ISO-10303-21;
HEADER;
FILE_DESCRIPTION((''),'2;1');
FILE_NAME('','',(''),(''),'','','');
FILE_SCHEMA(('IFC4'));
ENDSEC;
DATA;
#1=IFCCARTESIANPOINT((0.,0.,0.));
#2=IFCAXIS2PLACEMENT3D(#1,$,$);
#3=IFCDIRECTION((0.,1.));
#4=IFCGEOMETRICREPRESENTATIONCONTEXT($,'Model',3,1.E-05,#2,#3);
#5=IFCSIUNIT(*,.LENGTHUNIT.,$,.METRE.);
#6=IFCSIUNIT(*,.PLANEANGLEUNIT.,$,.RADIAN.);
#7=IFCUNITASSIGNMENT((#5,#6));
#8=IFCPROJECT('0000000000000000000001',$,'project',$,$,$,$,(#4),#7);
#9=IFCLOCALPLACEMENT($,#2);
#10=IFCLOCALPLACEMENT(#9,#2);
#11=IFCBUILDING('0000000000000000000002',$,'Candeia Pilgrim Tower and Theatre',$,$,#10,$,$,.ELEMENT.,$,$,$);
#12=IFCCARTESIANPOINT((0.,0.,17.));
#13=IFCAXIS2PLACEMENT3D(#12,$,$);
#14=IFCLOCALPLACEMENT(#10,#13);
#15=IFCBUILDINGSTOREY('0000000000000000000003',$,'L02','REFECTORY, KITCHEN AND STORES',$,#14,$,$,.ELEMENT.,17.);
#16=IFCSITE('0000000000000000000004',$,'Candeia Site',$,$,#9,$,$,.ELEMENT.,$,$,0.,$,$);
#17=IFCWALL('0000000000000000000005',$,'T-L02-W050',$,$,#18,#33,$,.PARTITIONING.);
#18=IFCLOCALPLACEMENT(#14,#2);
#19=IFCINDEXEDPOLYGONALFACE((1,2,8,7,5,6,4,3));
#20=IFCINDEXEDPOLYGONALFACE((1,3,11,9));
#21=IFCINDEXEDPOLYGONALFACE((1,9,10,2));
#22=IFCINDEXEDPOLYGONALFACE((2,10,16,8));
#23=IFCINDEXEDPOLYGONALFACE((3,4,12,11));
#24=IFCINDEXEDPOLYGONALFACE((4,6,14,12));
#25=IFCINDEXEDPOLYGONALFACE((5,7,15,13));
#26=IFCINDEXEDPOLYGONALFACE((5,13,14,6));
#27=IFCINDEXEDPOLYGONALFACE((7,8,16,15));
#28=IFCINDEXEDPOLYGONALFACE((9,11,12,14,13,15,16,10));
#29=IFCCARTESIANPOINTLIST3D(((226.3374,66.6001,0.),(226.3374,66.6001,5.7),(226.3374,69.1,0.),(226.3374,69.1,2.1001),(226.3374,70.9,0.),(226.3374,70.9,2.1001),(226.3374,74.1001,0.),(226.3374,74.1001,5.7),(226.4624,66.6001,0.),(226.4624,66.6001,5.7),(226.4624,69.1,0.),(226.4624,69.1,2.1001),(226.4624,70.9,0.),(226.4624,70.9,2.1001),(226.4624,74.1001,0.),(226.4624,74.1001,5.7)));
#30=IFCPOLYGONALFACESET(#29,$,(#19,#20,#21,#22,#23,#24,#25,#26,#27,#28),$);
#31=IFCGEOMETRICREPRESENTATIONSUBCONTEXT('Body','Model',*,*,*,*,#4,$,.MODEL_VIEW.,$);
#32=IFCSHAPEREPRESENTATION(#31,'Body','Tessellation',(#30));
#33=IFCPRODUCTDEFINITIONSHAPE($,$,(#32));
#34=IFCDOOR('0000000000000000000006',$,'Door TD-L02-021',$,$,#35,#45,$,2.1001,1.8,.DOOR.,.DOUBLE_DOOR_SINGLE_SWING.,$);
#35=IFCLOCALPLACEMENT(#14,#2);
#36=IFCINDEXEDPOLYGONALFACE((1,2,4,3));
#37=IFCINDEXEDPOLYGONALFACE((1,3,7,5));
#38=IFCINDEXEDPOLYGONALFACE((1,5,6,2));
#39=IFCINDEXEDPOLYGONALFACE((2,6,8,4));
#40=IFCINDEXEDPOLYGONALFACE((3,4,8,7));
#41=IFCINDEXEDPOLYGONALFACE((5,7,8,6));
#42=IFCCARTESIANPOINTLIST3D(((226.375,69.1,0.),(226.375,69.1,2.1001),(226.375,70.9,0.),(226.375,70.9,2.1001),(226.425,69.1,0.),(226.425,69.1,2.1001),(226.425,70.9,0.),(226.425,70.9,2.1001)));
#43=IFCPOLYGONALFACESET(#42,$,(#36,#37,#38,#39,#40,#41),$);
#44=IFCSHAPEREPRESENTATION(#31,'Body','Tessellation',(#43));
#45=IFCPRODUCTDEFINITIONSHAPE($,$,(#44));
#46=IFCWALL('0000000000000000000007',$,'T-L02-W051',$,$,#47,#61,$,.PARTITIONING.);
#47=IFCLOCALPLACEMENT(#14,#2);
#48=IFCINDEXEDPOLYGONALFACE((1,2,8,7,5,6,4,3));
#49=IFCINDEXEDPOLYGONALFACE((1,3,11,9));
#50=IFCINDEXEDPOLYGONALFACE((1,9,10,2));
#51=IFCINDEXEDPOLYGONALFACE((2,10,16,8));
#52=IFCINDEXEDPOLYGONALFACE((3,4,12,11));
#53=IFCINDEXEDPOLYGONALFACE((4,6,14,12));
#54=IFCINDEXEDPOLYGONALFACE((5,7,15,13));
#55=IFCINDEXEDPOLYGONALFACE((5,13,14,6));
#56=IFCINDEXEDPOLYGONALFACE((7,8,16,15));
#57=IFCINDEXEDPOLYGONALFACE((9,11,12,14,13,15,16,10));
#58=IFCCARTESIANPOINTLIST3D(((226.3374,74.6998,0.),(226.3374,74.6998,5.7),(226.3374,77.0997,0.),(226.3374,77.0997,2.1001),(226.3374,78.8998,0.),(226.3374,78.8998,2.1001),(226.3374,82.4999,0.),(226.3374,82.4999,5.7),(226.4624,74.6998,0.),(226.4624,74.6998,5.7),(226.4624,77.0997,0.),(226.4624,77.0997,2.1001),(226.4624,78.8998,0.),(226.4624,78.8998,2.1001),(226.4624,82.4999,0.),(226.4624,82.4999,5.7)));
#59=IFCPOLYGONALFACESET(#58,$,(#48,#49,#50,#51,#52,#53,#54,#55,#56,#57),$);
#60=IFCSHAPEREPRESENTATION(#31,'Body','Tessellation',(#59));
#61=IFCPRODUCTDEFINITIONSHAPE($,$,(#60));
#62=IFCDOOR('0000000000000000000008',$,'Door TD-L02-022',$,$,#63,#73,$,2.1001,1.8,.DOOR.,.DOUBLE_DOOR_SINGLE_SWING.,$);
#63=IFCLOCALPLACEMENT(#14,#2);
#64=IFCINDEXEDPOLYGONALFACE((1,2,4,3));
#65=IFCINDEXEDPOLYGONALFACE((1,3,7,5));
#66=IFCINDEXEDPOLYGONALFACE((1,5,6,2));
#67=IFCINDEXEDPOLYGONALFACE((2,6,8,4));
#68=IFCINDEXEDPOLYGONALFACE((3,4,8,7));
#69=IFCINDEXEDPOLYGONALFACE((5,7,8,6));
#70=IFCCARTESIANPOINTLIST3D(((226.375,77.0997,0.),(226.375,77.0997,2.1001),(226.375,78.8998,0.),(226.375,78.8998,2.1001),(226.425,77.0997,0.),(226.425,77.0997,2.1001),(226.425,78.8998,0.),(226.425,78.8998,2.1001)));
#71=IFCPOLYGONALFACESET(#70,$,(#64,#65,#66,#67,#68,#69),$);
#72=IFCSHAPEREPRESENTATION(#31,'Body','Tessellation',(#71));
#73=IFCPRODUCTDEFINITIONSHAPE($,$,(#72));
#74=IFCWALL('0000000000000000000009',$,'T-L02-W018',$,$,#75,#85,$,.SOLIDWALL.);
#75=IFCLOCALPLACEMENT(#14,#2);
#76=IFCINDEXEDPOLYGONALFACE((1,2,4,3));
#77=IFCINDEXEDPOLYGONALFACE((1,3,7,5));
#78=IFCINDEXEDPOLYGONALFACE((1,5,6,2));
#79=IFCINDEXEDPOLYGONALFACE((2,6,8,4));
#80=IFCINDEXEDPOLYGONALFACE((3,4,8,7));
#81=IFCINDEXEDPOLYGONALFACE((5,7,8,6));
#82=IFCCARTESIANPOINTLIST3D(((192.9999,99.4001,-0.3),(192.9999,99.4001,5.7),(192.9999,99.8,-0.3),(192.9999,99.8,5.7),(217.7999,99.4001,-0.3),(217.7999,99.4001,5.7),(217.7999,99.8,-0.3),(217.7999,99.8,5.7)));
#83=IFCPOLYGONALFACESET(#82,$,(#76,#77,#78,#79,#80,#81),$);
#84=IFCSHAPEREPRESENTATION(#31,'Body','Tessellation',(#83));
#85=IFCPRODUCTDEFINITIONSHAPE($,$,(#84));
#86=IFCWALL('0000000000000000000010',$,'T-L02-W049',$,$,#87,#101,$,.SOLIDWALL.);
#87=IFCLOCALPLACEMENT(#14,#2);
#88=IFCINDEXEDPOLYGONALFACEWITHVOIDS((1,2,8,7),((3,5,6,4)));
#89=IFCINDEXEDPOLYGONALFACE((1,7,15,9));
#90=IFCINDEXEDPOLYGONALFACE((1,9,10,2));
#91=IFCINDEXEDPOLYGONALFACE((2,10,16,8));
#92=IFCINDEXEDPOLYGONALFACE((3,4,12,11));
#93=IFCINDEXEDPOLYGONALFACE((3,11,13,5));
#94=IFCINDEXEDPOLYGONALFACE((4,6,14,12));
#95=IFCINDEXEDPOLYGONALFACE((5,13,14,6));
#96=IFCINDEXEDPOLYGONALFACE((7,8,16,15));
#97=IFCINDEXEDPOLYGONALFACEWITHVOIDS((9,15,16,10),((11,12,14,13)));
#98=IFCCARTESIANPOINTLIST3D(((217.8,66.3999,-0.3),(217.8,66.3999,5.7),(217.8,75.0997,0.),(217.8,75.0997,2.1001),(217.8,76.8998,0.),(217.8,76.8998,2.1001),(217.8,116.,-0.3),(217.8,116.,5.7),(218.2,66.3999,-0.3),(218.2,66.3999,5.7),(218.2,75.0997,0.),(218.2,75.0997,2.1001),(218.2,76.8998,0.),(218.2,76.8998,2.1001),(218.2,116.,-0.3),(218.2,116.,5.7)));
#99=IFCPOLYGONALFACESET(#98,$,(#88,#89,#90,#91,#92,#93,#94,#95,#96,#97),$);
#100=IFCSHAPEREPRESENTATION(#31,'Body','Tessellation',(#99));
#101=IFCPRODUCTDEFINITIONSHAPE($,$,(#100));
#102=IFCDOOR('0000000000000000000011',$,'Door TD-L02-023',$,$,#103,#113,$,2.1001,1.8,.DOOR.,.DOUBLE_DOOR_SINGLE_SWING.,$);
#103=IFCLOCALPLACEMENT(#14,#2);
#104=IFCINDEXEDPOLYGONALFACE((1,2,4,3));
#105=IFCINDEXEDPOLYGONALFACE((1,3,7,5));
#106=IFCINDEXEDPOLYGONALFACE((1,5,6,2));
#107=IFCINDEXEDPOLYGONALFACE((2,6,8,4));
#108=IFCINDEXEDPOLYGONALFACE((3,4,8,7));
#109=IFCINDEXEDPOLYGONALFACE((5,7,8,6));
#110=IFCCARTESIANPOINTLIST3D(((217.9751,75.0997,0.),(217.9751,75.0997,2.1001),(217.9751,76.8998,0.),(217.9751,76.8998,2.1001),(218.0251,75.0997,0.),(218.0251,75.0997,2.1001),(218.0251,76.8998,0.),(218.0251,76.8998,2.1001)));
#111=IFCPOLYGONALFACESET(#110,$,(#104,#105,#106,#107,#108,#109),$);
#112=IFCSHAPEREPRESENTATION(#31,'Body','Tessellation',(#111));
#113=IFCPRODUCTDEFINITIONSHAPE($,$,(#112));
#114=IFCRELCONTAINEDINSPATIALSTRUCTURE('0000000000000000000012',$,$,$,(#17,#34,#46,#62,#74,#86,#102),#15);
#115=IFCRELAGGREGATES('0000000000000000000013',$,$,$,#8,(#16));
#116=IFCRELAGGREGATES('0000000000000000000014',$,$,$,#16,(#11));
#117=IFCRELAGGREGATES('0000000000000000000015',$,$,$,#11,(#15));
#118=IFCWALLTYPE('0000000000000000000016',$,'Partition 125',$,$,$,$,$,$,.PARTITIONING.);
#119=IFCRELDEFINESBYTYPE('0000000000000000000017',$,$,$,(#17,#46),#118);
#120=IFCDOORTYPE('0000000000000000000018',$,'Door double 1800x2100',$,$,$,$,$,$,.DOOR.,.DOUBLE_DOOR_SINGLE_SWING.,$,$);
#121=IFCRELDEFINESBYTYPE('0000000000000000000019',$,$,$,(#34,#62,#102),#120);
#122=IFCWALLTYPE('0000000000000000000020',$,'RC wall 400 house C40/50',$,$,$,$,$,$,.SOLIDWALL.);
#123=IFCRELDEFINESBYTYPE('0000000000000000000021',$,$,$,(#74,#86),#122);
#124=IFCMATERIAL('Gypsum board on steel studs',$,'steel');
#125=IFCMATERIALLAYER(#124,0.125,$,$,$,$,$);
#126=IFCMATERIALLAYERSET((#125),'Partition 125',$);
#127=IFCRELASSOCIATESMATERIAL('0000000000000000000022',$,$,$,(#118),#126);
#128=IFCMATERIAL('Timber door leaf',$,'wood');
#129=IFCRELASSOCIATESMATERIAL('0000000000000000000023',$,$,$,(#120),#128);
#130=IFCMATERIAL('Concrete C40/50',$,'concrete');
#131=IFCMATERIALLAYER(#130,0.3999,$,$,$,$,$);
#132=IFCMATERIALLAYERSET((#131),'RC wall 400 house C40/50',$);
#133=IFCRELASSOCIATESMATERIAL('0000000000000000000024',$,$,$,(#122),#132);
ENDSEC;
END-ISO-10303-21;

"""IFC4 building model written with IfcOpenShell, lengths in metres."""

from ifc_helpers import new_model, si_unit, direction, frame, frame_2d, origin, place, context, subcontext, project, spatial, rectangle, extrude, material, layer, layer_set, type_object, element, fill, save


model = new_model("IFC4")

# Units and contexts
model_context = context("Model", 3, precision=1e-05, world=origin(), true_north=direction((0.0, 1.0)))
body_context = subcontext(model_context, "Body", "Model", "MODEL_VIEW")
ifc_project = project(units=[si_unit("LENGTHUNIT", "METRE"), si_unit("PLANEANGLEUNIT", "RADIAN")], contexts=[model_context])

# Site, building, storey
site_placement = place(None, origin())
site = spatial("IfcSite", under=ifc_project, at=site_placement, Name="Candeia Site", CompositionType="ELEMENT", RefElevation=0.0)
building_placement = place(site_placement, origin())
building = spatial("IfcBuilding", under=site, at=building_placement, Name="Candeia Pilgrim Tower and Theatre", CompositionType="ELEMENT")
storey_placement = place(building_placement, frame((0.0, 0.0, 17.0)))
storey = spatial("IfcBuildingStorey", under=building, at=storey_placement, Name="L02", Description="REFECTORY, KITCHEN AND STORES", CompositionType="ELEMENT", Elevation=17.0)

# Shared definitions
ifc_material_1 = material(Name="Concrete C40/50", Category="concrete")

# Shared definitions
ifc_material_2 = material(Name="Gypsum board on steel studs", Category="steel")
ifc_layer_1 = layer(ifc_material_2, 0.125)
ifc_layer_set_1 = layer_set([ifc_layer_1], Name="Partition 125")
wall_type_1 = type_object("IfcWallType", Name="Partition 125", PredefinedType="PARTITIONING", material=ifc_layer_set_1)

# Shared definitions
ifc_material_3 = material(Name="Timber door leaf", Category="wood")

# Walls, openings, doors
wall_1_placement = place(storey_placement, frame((226.3999, 66.6001, 0.0), z_axis=(0.0, 0.0, 1.0), x_axis=(0.0, 1.0, 0.0)))
wall_1 = element("IfcWall", 1, at=wall_1_placement, inside=storey, type_object=wall_type_1, Name="T-L02-W050", PredefinedType="PARTITIONING", context=body_context, shape_type="SweptSolid", body=[
    extrude(rectangle(XDim=7.5, YDim=0.125, at=frame_2d((3.75, 0.0))), origin(), (0.0, 0.0, 1.0), 5.7),
])
opening_1_placement = place(wall_1_placement, frame((2.5, 0.0, 0.0)))
opening_1 = element("IfcOpeningElement", 2, at=opening_1_placement, cuts=wall_1, PredefinedType="OPENING", context=body_context, shape_type="SweptSolid", body=[
    extrude(rectangle(XDim=1.8, YDim=2.1001, at=frame_2d((0.8999, 1.05))), frame((0.0, 0.0725, 0.0), z_axis=(0.0, -1.0, 0.0), x_axis=(1.0, 0.0, 0.0)), (0.0, 0.0, 1.0), 0.145),
])
door_type_1 = type_object("IfcDoorType", Name="Door double 1800x2100", OperationType="DOUBLE_DOOR_SINGLE_SWING", PredefinedType="DOOR", material=ifc_material_3)
door_1_placement = place(opening_1_placement, origin())
door_1 = element("IfcDoor", 3, at=door_1_placement, inside=storey, type_object=door_type_1, Name="Door TD-L02-021", OperationType="DOUBLE_DOOR_SINGLE_SWING", OverallHeight=2.1001, OverallWidth=1.8, PredefinedType="DOOR", context=body_context, shape_type="SweptSolid", body=[
    extrude(rectangle(XDim=1.8, YDim=2.1001, at=frame_2d((0.8999, 1.05))), frame((0.0, 0.0249, 0.0), z_axis=(0.0, -1.0, 0.0), x_axis=(1.0, 0.0, 0.0)), (0.0, 0.0, 1.0), 0.05),
])
fill(opening_1, door_1)
wall_2_placement = place(storey_placement, frame((226.3999, 74.7, 0.0), z_axis=(0.0, 0.0, 1.0), x_axis=(0.0, 1.0, 0.0)))
wall_2 = element("IfcWall", 4, at=wall_2_placement, inside=storey, type_object=wall_type_1, Name="T-L02-W051", PredefinedType="PARTITIONING", context=body_context, shape_type="SweptSolid", body=[
    extrude(rectangle(XDim=7.8, YDim=0.125, at=frame_2d((3.8999, 0.0))), origin(), (0.0, 0.0, 1.0), 5.7),
])
opening_2_placement = place(wall_2_placement, frame((2.3999, 0.0, 0.0)))
opening_2 = element("IfcOpeningElement", 5, at=opening_2_placement, cuts=wall_2, PredefinedType="OPENING", context=body_context, shape_type="SweptSolid", body=[
    extrude(rectangle(XDim=1.8, YDim=2.1001, at=frame_2d((0.8999, 1.05))), frame((0.0, 0.0725, 0.0), z_axis=(0.0, -1.0, 0.0), x_axis=(1.0, 0.0, 0.0)), (0.0, 0.0, 1.0), 0.145),
])
door_2_placement = place(opening_2_placement, origin())
door_2 = element("IfcDoor", 6, at=door_2_placement, inside=storey, type_object=door_type_1, Name="Door TD-L02-022", OperationType="DOUBLE_DOOR_SINGLE_SWING", OverallHeight=2.1001, OverallWidth=1.8, PredefinedType="DOOR", context=body_context, shape_type="SweptSolid", body=[
    extrude(rectangle(XDim=1.8, YDim=2.1001, at=frame_2d((0.8999, 1.05))), frame((0.0, 0.0249, 0.0), z_axis=(0.0, -1.0, 0.0), x_axis=(1.0, 0.0, 0.0)), (0.0, 0.0, 1.0), 0.05),
])
fill(opening_2, door_2)

# Wall
ifc_layer_2 = layer(ifc_material_1, 0.3999)
ifc_layer_set_2 = layer_set([ifc_layer_2], Name="RC wall 400 house C40/50")
wall_type_2 = type_object("IfcWallType", Name="RC wall 400 house C40/50", PredefinedType="SOLIDWALL", material=ifc_layer_set_2)
wall_3_placement = place(storey_placement, frame((193.0, 99.6001, -0.3), z_axis=(0.0, 0.0, 1.0), x_axis=(1.0, 0.0, 0.0)))
element("IfcWall", 7, at=wall_3_placement, inside=storey, type_object=wall_type_2, Name="T-L02-W018", PredefinedType="SOLIDWALL", context=body_context, shape_type="SweptSolid", body=[
    extrude(rectangle(XDim=24.8, YDim=0.3999, at=frame_2d((12.3999, 0.0))), origin(), (0.0, 0.0, 1.0), 6.0),
])

# Wall, opening, door
wall_4_placement = place(storey_placement, frame((218.0, 66.3999, -0.3), z_axis=(0.0, 0.0, 1.0), x_axis=(0.0, 1.0, 0.0)))
wall_4 = element("IfcWall", 8, at=wall_4_placement, inside=storey, type_object=wall_type_2, Name="T-L02-W049", PredefinedType="SOLIDWALL", context=body_context, shape_type="SweptSolid", body=[
    extrude(rectangle(XDim=49.6001, YDim=0.3999, at=frame_2d((24.8, 0.0))), origin(), (0.0, 0.0, 1.0), 6.0),
])
opening_3_placement = place(wall_4_placement, frame((8.7, 0.0, 0.3)))
opening_3 = element("IfcOpeningElement", 9, at=opening_3_placement, cuts=wall_4, PredefinedType="OPENING", context=body_context, shape_type="SweptSolid", body=[
    extrude(rectangle(XDim=1.8, YDim=2.1001, at=frame_2d((0.8999, 1.05))), frame((0.0, 0.21, 0.0), z_axis=(0.0, -1.0, 0.0), x_axis=(1.0, 0.0, 0.0)), (0.0, 0.0, 1.0), 0.4199),
])
door_3_placement = place(opening_3_placement, origin())
door_3 = element("IfcDoor", 10, at=door_3_placement, inside=storey, type_object=door_type_1, Name="Door TD-L02-023", OperationType="DOUBLE_DOOR_SINGLE_SWING", OverallHeight=2.1001, OverallWidth=1.8, PredefinedType="DOOR", context=body_context, shape_type="SweptSolid", body=[
    extrude(rectangle(XDim=1.8, YDim=2.1001, at=frame_2d((0.8999, 1.05))), frame((0.0, 0.0249, 0.0), z_axis=(0.0, -1.0, 0.0), x_axis=(1.0, 0.0, 0.0)), (0.0, 0.0, 1.0), 0.05),
])
fill(opening_3, door_3)

save(model, "model.ifc")
